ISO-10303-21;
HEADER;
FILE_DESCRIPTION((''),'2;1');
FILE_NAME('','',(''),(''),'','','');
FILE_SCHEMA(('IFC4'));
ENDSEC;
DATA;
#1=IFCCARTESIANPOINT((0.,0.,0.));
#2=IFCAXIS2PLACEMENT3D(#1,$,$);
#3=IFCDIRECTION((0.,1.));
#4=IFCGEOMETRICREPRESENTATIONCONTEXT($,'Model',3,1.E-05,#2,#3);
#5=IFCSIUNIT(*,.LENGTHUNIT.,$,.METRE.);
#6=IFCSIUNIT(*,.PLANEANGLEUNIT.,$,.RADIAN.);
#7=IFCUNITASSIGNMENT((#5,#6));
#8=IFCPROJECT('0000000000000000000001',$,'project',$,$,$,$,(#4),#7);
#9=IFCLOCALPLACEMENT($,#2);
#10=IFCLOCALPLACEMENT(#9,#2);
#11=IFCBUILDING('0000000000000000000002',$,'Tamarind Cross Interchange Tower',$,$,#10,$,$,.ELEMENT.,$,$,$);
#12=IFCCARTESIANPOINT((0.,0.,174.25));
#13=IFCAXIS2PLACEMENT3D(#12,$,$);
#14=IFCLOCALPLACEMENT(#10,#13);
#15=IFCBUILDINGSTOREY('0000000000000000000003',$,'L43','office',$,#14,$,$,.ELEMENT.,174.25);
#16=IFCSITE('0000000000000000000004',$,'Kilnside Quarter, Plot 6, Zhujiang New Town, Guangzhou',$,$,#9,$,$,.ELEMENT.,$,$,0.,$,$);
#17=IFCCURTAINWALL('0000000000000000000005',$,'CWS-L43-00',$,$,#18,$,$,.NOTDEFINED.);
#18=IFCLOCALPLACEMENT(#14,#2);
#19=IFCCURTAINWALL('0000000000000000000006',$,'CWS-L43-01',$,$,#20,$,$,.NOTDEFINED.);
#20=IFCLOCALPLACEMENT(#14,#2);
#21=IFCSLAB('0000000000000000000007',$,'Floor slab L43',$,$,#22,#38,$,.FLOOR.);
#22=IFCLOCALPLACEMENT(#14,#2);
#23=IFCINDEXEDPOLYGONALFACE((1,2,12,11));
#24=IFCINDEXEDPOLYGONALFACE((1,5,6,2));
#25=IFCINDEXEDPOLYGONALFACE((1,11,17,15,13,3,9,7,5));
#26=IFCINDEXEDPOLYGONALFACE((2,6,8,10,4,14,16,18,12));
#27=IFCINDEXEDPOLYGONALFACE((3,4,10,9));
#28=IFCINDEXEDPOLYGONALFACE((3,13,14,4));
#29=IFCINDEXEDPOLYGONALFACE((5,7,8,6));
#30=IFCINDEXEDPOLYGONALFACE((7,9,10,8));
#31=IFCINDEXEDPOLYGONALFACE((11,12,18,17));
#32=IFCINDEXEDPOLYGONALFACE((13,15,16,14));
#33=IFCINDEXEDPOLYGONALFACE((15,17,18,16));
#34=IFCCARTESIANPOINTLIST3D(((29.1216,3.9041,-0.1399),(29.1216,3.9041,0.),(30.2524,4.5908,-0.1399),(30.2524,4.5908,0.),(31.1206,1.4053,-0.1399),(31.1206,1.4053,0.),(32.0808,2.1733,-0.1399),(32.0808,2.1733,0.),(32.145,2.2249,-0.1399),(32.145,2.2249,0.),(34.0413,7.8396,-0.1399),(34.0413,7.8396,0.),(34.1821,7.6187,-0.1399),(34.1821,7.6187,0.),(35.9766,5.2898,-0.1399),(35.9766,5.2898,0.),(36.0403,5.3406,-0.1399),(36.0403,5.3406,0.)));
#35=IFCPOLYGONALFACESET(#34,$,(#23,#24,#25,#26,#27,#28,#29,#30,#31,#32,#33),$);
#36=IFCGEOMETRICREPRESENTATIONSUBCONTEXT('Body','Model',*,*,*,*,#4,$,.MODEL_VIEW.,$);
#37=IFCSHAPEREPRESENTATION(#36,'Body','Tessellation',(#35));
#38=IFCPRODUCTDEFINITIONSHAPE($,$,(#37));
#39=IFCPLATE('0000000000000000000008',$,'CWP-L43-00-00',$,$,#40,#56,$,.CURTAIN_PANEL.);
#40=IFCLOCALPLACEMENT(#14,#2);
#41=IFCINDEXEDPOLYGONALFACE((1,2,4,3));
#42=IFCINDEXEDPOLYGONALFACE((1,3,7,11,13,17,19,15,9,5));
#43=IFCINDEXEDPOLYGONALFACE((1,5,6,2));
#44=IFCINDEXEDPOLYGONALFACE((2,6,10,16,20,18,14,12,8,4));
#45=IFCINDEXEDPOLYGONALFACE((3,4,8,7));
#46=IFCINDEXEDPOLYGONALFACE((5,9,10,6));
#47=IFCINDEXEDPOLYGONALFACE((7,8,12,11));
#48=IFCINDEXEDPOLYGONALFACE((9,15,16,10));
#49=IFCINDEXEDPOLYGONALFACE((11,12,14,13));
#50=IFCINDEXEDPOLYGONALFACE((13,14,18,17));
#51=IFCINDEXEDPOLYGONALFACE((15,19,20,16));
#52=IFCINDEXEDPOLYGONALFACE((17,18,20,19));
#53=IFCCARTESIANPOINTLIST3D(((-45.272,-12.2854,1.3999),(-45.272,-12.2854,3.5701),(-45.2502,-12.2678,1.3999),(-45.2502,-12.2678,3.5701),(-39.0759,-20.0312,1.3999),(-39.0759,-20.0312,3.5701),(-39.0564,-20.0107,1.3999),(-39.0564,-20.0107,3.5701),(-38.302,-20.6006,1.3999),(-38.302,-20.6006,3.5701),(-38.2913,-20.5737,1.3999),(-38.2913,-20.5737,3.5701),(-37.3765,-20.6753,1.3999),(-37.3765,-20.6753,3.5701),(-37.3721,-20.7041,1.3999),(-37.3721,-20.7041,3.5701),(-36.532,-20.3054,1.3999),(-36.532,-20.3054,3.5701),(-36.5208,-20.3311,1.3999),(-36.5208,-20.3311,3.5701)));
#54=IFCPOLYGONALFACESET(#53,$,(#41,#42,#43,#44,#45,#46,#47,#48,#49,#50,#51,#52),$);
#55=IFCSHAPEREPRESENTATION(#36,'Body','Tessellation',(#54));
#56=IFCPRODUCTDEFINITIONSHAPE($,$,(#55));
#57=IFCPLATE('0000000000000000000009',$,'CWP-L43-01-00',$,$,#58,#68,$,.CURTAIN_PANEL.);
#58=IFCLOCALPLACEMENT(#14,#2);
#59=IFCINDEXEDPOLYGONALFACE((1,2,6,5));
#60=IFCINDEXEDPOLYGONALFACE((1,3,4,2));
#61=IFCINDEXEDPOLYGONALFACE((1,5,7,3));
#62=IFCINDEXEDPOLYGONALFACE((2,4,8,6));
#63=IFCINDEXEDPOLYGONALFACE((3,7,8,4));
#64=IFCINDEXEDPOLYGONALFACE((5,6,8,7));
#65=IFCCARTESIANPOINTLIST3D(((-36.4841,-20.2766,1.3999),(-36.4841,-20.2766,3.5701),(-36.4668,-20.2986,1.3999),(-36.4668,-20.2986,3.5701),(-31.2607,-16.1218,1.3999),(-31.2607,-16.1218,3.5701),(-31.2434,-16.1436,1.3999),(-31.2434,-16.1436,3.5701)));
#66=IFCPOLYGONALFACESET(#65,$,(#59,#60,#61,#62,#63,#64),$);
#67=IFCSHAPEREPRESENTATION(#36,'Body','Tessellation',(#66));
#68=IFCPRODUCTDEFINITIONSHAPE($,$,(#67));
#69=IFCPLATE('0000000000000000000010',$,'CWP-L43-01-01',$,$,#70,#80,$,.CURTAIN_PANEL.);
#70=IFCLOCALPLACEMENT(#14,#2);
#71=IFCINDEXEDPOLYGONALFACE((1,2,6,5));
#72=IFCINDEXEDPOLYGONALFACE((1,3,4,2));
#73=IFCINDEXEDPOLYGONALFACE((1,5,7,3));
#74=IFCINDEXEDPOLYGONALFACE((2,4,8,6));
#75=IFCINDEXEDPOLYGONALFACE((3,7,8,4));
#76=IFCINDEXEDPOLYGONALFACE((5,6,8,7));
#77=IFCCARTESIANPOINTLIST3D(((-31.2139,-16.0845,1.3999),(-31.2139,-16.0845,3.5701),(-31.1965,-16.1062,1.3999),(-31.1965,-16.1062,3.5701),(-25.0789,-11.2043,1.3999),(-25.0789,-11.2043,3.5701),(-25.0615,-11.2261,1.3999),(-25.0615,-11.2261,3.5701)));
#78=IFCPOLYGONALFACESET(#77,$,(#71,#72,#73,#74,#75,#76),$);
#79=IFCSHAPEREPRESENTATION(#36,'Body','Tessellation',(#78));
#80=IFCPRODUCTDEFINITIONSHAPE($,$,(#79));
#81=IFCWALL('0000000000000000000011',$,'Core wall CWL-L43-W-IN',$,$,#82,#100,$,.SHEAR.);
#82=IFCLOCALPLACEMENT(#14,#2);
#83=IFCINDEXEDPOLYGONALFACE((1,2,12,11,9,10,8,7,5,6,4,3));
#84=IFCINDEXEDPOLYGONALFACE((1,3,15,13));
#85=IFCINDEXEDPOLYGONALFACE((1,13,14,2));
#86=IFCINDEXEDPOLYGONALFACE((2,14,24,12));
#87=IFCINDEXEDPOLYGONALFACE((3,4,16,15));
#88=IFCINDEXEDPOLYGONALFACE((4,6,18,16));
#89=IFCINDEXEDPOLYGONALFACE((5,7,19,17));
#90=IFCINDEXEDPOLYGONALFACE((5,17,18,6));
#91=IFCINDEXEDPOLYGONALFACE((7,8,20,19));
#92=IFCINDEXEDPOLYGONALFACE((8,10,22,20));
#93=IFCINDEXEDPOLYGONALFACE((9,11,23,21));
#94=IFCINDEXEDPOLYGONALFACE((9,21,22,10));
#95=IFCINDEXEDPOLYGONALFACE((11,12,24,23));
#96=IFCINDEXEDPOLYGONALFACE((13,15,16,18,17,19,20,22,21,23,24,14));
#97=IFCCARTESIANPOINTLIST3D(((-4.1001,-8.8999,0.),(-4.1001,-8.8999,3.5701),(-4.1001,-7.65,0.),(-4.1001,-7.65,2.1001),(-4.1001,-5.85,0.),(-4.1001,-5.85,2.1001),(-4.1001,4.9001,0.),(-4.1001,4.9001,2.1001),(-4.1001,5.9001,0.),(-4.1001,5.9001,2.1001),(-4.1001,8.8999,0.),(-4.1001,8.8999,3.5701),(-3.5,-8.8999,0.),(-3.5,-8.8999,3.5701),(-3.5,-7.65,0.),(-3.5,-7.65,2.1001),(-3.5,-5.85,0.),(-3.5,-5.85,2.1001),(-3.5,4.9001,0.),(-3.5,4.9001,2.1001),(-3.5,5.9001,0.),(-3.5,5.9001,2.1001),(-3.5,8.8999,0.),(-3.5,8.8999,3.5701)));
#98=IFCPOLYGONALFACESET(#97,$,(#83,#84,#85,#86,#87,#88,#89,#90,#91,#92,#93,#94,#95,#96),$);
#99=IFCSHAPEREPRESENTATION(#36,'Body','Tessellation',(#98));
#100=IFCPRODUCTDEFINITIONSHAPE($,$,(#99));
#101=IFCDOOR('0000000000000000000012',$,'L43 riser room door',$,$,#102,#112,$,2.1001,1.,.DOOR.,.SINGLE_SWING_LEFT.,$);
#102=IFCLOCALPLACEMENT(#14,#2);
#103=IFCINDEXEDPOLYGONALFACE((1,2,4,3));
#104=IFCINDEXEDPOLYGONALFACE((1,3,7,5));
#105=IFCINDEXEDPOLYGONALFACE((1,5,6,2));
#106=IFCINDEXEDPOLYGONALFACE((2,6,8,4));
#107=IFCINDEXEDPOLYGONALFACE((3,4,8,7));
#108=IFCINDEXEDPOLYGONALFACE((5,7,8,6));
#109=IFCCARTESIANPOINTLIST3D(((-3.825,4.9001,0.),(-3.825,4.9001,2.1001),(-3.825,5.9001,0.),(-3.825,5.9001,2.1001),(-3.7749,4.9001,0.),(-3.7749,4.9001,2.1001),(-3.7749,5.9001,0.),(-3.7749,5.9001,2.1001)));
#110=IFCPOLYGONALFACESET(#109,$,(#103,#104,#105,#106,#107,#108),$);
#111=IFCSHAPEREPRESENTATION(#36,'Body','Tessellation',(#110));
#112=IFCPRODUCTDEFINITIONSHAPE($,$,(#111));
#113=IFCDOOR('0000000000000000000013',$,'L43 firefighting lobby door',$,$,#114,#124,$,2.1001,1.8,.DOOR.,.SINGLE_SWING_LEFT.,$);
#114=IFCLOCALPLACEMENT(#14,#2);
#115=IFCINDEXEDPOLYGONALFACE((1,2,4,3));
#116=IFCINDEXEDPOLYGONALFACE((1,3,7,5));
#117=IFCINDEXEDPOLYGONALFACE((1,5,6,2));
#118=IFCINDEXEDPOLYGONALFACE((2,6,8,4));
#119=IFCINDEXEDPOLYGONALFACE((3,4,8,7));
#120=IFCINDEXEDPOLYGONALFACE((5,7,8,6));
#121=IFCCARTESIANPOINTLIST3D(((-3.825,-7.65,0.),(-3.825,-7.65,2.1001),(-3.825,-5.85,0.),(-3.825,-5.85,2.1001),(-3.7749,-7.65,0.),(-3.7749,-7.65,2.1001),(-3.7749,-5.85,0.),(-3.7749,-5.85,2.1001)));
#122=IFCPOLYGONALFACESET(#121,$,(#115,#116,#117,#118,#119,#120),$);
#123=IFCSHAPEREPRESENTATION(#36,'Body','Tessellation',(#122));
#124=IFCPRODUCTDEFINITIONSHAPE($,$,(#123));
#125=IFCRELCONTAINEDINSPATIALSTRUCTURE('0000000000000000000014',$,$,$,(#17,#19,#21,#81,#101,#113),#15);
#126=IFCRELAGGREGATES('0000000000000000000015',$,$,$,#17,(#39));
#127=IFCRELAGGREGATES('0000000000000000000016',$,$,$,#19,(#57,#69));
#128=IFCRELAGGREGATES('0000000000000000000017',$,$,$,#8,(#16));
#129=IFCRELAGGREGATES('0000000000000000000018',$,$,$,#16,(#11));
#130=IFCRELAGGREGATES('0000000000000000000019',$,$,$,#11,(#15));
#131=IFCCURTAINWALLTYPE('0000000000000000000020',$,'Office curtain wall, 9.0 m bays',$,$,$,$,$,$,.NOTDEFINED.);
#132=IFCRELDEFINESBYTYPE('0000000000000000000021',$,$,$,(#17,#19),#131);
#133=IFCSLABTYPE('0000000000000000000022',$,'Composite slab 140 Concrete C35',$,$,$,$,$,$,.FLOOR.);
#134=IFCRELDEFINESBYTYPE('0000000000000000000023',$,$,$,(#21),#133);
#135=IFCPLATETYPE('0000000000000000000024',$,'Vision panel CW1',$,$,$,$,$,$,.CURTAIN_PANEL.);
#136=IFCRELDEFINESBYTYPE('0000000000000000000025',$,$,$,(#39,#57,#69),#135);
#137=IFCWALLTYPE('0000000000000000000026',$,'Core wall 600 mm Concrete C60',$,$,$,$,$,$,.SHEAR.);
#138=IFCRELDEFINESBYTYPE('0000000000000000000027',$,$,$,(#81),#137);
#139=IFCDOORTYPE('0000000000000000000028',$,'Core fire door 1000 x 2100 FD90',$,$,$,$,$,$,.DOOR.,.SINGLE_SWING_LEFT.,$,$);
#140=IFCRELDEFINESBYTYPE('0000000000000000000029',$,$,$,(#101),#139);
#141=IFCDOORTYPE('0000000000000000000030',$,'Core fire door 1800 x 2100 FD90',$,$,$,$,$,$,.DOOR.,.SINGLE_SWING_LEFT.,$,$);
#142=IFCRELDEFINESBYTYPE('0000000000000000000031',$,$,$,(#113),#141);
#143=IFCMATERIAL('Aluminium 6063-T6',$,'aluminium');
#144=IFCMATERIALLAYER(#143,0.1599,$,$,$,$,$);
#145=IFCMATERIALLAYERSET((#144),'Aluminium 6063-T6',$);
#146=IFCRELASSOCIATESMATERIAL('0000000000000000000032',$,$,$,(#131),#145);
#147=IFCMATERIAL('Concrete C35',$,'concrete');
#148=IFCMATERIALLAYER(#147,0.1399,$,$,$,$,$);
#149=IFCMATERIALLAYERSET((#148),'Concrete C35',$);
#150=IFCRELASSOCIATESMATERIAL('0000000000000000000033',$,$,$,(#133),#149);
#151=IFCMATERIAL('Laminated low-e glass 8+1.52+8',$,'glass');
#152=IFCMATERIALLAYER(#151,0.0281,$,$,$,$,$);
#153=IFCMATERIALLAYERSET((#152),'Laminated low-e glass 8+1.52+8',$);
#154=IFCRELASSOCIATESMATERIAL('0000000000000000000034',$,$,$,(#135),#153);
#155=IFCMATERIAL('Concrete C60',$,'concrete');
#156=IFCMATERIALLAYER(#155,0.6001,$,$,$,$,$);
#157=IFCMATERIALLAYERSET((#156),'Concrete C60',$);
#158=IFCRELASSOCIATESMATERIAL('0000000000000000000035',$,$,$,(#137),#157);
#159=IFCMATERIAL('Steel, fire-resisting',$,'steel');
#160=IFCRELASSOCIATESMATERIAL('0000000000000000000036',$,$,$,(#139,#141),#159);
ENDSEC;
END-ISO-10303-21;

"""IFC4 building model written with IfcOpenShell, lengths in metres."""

from ifc_helpers import new_model, si_unit, direction, frame, frame_2d, origin, place, context, subcontext, project, spatial, polyline, rectangle, outline, extrude, material, layer, layer_set, type_object, element, fill, aggregate, save


model = new_model("IFC4")

# Units and contexts
model_context = context("Model", 3, precision=1e-05, world=origin(), true_north=direction((0.0, 1.0)))
body_context = subcontext(model_context, "Body", "Model", "MODEL_VIEW")
ifc_project = project(units=[si_unit("LENGTHUNIT", "METRE"), si_unit("PLANEANGLEUNIT", "RADIAN")], contexts=[model_context])

# Site, building, storey
site_placement = place(None, origin())
site = spatial("IfcSite", under=ifc_project, at=site_placement, Name="Kilnside Quarter, Plot 6, Zhujiang New Town, Guangzhou", CompositionType="ELEMENT", RefElevation=0.0)
building_placement = place(site_placement, origin())
building = spatial("IfcBuilding", under=site, at=building_placement, Name="Tamarind Cross Interchange Tower", CompositionType="ELEMENT")
storey_placement = place(building_placement, frame((0.0, 0.0, 174.25)))
storey = spatial("IfcBuildingStorey", under=building, at=storey_placement, Name="L43", Description="office", CompositionType="ELEMENT", Elevation=174.25)

# Curtain walls
ifc_material_1 = material(Name="Aluminium 6063-T6", Category="aluminium")
ifc_layer_1 = layer(ifc_material_1, 0.1599)
ifc_layer_set_1 = layer_set([ifc_layer_1], Name="Aluminium 6063-T6")
curtain_wall_type = type_object("IfcCurtainWallType", Name="Office curtain wall, 9.0 m bays", PredefinedType="NOTDEFINED", material=ifc_layer_set_1)
curtain_wall_1_placement = place(storey_placement, origin())
curtain_wall_1 = element("IfcCurtainWall", 1, at=curtain_wall_1_placement, inside=storey, type_object=curtain_wall_type, Name="CWS-L43-00", PredefinedType="NOTDEFINED")
curtain_wall_2_placement = place(storey_placement, origin())
curtain_wall_2 = element("IfcCurtainWall", 2, at=curtain_wall_2_placement, inside=storey, type_object=curtain_wall_type, Name="CWS-L43-01", PredefinedType="NOTDEFINED")

# Slab
ifc_material_2 = material(Name="Concrete C35", Category="concrete")
ifc_layer_2 = layer(ifc_material_2, 0.1399)
ifc_layer_set_2 = layer_set([ifc_layer_2], Name="Concrete C35")
slab_type = type_object("IfcSlabType", Name="Composite slab 140 Concrete C35", PredefinedType="FLOOR", material=ifc_layer_set_2)
slab_1_placement = place(storey_placement, frame((0.0, 0.0, -0.1399)))
element("IfcSlab", 3, at=slab_1_placement, inside=storey, type_object=slab_type, Name="Floor slab L43", PredefinedType="FLOOR", context=body_context, shape_type="SweptSolid", body=[
    extrude(outline(polyline([(36.0403, 5.3406), (34.0413, 7.8396), (29.1216, 3.9041), (31.1206, 1.4053), (32.0808, 2.1733), (32.145, 2.2249), (30.2524, 4.5908), (34.1821, 7.6187), (35.9766, 5.2898), (36.0403, 5.3406)])), origin(), (0.0, 0.0, 1.0), 0.1399),
])

# Plates
ifc_material_3 = material(Name="Laminated low-e glass 8+1.52+8", Category="glass")
ifc_layer_3 = layer(ifc_material_3, 0.0281)
ifc_layer_set_3 = layer_set([ifc_layer_3], Name="Laminated low-e glass 8+1.52+8")
plate_type = type_object("IfcPlateType", Name="Vision panel CW1", PredefinedType="CURTAIN_PANEL", material=ifc_layer_set_3)
plate_1_placement = place(storey_placement, frame((0.0, 0.0, 1.3999)))
plate_1 = element("IfcPlate", 4, at=plate_1_placement, type_object=plate_type, Name="CWP-L43-00-00", PredefinedType="CURTAIN_PANEL", context=body_context, shape_type="SweptSolid", body=[
    extrude(outline(polyline([(-45.2502, -12.2678), (-39.0564, -20.0107), (-38.2913, -20.5737), (-37.3765, -20.6753), (-36.532, -20.3054), (-36.5208, -20.3311), (-37.3721, -20.7041), (-38.302, -20.6006), (-39.0759, -20.0312), (-45.272, -12.2854), (-45.2502, -12.2678)])), origin(), (0.0, 0.0, 1.0), 2.1702),
])
aggregate(curtain_wall_1, [plate_1])
plate_2_placement = place(storey_placement, frame((0.0, 0.0, 1.3999)))
plate_2 = element("IfcPlate", 5, at=plate_2_placement, type_object=plate_type, Name="CWP-L43-01-00", PredefinedType="CURTAIN_PANEL", context=body_context, shape_type="SweptSolid", body=[
    extrude(outline(polyline([(-36.4841, -20.2766), (-31.2607, -16.1218), (-31.2434, -16.1436), (-36.4668, -20.2986), (-36.4841, -20.2766)])), origin(), (0.0, 0.0, 1.0), 2.1702),
])
plate_3_placement = place(storey_placement, frame((0.0, 0.0, 1.3999)))
plate_3 = element("IfcPlate", 6, at=plate_3_placement, type_object=plate_type, Name="CWP-L43-01-01", PredefinedType="CURTAIN_PANEL", context=body_context, shape_type="SweptSolid", body=[
    extrude(outline(polyline([(-31.2139, -16.0845), (-25.0789, -11.2043), (-25.0615, -11.2261), (-31.1965, -16.1062), (-31.2139, -16.0845)])), origin(), (0.0, 0.0, 1.0), 2.1702),
])
aggregate(curtain_wall_2, [plate_2, plate_3])

# Wall, openings, doors
ifc_material_4 = material(Name="Concrete C60", Category="concrete")
ifc_layer_4 = layer(ifc_material_4, 0.6001)
ifc_layer_set_4 = layer_set([ifc_layer_4], Name="Concrete C60")
wall_type = type_object("IfcWallType", Name="Core wall 600 mm Concrete C60", PredefinedType="SHEAR", material=ifc_layer_set_4)
wall_placement = place(storey_placement, frame((-3.8, -8.8999, 0.0), z_axis=(0.0, 0.0, 1.0), x_axis=(0.0, 1.0, 0.0)))
wall = element("IfcWall", 7, at=wall_placement, inside=storey, type_object=wall_type, Name="Core wall CWL-L43-W-IN", PredefinedType="SHEAR", context=body_context, shape_type="SweptSolid", body=[
    extrude(rectangle(XDim=17.7998, YDim=0.6001, at=frame_2d((8.8999, 0.0))), origin(), (0.0, 0.0, 1.0), 3.5701),
])
opening_1_placement = place(wall_placement, frame((1.25, 0.0, 0.0)))
opening_1 = element("IfcOpeningElement", 8, at=opening_1_placement, cuts=wall, PredefinedType="OPENING", context=body_context, shape_type="SweptSolid", body=[
    extrude(rectangle(XDim=1.8, YDim=2.1001, at=frame_2d((0.8999, 1.05))), frame((0.0, 0.3101, 0.0), z_axis=(0.0, -1.0, 0.0), x_axis=(1.0, 0.0, 0.0)), (0.0, 0.0, 1.0), 0.6201),
])
opening_2_placement = place(wall_placement, frame((13.8, 0.0, 0.0)))
opening_2 = element("IfcOpeningElement", 9, at=opening_2_placement, cuts=wall, PredefinedType="OPENING", context=body_context, shape_type="SweptSolid", body=[
    extrude(rectangle(XDim=1.0, YDim=2.1001, at=frame_2d((0.5, 1.05))), frame((0.0, 0.3101, 0.0), z_axis=(0.0, -1.0, 0.0), x_axis=(1.0, 0.0, 0.0)), (0.0, 0.0, 1.0), 0.6201),
])
ifc_material_5 = material(Name="Steel, fire-resisting", Category="steel")
door_type_1 = type_object("IfcDoorType", Name="Core fire door 1000 x 2100 FD90", OperationType="SINGLE_SWING_LEFT", PredefinedType="DOOR", material=ifc_material_5)
door_1_placement = place(opening_2_placement, origin())
door_1 = element("IfcDoor", 10, at=door_1_placement, inside=storey, type_object=door_type_1, Name="L43 riser room door", OperationType="SINGLE_SWING_LEFT", OverallHeight=2.1001, OverallWidth=1.0, PredefinedType="DOOR", context=body_context, shape_type="SweptSolid", body=[
    extrude(rectangle(XDim=1.0, YDim=2.1001, at=frame_2d((0.5, 1.05))), frame((0.0, 0.0249, 0.0), z_axis=(0.0, -1.0, 0.0), x_axis=(1.0, 0.0, 0.0)), (0.0, 0.0, 1.0), 0.05),
])
fill(opening_2, door_1)
door_type_2 = type_object("IfcDoorType", Name="Core fire door 1800 x 2100 FD90", OperationType="SINGLE_SWING_LEFT", PredefinedType="DOOR", material=ifc_material_5)
door_2_placement = place(opening_1_placement, origin())
door_2 = element("IfcDoor", 11, at=door_2_placement, inside=storey, type_object=door_type_2, Name="L43 firefighting lobby door", OperationType="SINGLE_SWING_LEFT", OverallHeight=2.1001, OverallWidth=1.8, PredefinedType="DOOR", context=body_context, shape_type="SweptSolid", body=[
    extrude(rectangle(XDim=1.8, YDim=2.1001, at=frame_2d((0.8999, 1.05))), frame((0.0, 0.0249, 0.0), z_axis=(0.0, -1.0, 0.0), x_axis=(1.0, 0.0, 0.0)), (0.0, 0.0, 1.0), 0.05),
])
fill(opening_1, door_2)

save(model, "model.ifc")
